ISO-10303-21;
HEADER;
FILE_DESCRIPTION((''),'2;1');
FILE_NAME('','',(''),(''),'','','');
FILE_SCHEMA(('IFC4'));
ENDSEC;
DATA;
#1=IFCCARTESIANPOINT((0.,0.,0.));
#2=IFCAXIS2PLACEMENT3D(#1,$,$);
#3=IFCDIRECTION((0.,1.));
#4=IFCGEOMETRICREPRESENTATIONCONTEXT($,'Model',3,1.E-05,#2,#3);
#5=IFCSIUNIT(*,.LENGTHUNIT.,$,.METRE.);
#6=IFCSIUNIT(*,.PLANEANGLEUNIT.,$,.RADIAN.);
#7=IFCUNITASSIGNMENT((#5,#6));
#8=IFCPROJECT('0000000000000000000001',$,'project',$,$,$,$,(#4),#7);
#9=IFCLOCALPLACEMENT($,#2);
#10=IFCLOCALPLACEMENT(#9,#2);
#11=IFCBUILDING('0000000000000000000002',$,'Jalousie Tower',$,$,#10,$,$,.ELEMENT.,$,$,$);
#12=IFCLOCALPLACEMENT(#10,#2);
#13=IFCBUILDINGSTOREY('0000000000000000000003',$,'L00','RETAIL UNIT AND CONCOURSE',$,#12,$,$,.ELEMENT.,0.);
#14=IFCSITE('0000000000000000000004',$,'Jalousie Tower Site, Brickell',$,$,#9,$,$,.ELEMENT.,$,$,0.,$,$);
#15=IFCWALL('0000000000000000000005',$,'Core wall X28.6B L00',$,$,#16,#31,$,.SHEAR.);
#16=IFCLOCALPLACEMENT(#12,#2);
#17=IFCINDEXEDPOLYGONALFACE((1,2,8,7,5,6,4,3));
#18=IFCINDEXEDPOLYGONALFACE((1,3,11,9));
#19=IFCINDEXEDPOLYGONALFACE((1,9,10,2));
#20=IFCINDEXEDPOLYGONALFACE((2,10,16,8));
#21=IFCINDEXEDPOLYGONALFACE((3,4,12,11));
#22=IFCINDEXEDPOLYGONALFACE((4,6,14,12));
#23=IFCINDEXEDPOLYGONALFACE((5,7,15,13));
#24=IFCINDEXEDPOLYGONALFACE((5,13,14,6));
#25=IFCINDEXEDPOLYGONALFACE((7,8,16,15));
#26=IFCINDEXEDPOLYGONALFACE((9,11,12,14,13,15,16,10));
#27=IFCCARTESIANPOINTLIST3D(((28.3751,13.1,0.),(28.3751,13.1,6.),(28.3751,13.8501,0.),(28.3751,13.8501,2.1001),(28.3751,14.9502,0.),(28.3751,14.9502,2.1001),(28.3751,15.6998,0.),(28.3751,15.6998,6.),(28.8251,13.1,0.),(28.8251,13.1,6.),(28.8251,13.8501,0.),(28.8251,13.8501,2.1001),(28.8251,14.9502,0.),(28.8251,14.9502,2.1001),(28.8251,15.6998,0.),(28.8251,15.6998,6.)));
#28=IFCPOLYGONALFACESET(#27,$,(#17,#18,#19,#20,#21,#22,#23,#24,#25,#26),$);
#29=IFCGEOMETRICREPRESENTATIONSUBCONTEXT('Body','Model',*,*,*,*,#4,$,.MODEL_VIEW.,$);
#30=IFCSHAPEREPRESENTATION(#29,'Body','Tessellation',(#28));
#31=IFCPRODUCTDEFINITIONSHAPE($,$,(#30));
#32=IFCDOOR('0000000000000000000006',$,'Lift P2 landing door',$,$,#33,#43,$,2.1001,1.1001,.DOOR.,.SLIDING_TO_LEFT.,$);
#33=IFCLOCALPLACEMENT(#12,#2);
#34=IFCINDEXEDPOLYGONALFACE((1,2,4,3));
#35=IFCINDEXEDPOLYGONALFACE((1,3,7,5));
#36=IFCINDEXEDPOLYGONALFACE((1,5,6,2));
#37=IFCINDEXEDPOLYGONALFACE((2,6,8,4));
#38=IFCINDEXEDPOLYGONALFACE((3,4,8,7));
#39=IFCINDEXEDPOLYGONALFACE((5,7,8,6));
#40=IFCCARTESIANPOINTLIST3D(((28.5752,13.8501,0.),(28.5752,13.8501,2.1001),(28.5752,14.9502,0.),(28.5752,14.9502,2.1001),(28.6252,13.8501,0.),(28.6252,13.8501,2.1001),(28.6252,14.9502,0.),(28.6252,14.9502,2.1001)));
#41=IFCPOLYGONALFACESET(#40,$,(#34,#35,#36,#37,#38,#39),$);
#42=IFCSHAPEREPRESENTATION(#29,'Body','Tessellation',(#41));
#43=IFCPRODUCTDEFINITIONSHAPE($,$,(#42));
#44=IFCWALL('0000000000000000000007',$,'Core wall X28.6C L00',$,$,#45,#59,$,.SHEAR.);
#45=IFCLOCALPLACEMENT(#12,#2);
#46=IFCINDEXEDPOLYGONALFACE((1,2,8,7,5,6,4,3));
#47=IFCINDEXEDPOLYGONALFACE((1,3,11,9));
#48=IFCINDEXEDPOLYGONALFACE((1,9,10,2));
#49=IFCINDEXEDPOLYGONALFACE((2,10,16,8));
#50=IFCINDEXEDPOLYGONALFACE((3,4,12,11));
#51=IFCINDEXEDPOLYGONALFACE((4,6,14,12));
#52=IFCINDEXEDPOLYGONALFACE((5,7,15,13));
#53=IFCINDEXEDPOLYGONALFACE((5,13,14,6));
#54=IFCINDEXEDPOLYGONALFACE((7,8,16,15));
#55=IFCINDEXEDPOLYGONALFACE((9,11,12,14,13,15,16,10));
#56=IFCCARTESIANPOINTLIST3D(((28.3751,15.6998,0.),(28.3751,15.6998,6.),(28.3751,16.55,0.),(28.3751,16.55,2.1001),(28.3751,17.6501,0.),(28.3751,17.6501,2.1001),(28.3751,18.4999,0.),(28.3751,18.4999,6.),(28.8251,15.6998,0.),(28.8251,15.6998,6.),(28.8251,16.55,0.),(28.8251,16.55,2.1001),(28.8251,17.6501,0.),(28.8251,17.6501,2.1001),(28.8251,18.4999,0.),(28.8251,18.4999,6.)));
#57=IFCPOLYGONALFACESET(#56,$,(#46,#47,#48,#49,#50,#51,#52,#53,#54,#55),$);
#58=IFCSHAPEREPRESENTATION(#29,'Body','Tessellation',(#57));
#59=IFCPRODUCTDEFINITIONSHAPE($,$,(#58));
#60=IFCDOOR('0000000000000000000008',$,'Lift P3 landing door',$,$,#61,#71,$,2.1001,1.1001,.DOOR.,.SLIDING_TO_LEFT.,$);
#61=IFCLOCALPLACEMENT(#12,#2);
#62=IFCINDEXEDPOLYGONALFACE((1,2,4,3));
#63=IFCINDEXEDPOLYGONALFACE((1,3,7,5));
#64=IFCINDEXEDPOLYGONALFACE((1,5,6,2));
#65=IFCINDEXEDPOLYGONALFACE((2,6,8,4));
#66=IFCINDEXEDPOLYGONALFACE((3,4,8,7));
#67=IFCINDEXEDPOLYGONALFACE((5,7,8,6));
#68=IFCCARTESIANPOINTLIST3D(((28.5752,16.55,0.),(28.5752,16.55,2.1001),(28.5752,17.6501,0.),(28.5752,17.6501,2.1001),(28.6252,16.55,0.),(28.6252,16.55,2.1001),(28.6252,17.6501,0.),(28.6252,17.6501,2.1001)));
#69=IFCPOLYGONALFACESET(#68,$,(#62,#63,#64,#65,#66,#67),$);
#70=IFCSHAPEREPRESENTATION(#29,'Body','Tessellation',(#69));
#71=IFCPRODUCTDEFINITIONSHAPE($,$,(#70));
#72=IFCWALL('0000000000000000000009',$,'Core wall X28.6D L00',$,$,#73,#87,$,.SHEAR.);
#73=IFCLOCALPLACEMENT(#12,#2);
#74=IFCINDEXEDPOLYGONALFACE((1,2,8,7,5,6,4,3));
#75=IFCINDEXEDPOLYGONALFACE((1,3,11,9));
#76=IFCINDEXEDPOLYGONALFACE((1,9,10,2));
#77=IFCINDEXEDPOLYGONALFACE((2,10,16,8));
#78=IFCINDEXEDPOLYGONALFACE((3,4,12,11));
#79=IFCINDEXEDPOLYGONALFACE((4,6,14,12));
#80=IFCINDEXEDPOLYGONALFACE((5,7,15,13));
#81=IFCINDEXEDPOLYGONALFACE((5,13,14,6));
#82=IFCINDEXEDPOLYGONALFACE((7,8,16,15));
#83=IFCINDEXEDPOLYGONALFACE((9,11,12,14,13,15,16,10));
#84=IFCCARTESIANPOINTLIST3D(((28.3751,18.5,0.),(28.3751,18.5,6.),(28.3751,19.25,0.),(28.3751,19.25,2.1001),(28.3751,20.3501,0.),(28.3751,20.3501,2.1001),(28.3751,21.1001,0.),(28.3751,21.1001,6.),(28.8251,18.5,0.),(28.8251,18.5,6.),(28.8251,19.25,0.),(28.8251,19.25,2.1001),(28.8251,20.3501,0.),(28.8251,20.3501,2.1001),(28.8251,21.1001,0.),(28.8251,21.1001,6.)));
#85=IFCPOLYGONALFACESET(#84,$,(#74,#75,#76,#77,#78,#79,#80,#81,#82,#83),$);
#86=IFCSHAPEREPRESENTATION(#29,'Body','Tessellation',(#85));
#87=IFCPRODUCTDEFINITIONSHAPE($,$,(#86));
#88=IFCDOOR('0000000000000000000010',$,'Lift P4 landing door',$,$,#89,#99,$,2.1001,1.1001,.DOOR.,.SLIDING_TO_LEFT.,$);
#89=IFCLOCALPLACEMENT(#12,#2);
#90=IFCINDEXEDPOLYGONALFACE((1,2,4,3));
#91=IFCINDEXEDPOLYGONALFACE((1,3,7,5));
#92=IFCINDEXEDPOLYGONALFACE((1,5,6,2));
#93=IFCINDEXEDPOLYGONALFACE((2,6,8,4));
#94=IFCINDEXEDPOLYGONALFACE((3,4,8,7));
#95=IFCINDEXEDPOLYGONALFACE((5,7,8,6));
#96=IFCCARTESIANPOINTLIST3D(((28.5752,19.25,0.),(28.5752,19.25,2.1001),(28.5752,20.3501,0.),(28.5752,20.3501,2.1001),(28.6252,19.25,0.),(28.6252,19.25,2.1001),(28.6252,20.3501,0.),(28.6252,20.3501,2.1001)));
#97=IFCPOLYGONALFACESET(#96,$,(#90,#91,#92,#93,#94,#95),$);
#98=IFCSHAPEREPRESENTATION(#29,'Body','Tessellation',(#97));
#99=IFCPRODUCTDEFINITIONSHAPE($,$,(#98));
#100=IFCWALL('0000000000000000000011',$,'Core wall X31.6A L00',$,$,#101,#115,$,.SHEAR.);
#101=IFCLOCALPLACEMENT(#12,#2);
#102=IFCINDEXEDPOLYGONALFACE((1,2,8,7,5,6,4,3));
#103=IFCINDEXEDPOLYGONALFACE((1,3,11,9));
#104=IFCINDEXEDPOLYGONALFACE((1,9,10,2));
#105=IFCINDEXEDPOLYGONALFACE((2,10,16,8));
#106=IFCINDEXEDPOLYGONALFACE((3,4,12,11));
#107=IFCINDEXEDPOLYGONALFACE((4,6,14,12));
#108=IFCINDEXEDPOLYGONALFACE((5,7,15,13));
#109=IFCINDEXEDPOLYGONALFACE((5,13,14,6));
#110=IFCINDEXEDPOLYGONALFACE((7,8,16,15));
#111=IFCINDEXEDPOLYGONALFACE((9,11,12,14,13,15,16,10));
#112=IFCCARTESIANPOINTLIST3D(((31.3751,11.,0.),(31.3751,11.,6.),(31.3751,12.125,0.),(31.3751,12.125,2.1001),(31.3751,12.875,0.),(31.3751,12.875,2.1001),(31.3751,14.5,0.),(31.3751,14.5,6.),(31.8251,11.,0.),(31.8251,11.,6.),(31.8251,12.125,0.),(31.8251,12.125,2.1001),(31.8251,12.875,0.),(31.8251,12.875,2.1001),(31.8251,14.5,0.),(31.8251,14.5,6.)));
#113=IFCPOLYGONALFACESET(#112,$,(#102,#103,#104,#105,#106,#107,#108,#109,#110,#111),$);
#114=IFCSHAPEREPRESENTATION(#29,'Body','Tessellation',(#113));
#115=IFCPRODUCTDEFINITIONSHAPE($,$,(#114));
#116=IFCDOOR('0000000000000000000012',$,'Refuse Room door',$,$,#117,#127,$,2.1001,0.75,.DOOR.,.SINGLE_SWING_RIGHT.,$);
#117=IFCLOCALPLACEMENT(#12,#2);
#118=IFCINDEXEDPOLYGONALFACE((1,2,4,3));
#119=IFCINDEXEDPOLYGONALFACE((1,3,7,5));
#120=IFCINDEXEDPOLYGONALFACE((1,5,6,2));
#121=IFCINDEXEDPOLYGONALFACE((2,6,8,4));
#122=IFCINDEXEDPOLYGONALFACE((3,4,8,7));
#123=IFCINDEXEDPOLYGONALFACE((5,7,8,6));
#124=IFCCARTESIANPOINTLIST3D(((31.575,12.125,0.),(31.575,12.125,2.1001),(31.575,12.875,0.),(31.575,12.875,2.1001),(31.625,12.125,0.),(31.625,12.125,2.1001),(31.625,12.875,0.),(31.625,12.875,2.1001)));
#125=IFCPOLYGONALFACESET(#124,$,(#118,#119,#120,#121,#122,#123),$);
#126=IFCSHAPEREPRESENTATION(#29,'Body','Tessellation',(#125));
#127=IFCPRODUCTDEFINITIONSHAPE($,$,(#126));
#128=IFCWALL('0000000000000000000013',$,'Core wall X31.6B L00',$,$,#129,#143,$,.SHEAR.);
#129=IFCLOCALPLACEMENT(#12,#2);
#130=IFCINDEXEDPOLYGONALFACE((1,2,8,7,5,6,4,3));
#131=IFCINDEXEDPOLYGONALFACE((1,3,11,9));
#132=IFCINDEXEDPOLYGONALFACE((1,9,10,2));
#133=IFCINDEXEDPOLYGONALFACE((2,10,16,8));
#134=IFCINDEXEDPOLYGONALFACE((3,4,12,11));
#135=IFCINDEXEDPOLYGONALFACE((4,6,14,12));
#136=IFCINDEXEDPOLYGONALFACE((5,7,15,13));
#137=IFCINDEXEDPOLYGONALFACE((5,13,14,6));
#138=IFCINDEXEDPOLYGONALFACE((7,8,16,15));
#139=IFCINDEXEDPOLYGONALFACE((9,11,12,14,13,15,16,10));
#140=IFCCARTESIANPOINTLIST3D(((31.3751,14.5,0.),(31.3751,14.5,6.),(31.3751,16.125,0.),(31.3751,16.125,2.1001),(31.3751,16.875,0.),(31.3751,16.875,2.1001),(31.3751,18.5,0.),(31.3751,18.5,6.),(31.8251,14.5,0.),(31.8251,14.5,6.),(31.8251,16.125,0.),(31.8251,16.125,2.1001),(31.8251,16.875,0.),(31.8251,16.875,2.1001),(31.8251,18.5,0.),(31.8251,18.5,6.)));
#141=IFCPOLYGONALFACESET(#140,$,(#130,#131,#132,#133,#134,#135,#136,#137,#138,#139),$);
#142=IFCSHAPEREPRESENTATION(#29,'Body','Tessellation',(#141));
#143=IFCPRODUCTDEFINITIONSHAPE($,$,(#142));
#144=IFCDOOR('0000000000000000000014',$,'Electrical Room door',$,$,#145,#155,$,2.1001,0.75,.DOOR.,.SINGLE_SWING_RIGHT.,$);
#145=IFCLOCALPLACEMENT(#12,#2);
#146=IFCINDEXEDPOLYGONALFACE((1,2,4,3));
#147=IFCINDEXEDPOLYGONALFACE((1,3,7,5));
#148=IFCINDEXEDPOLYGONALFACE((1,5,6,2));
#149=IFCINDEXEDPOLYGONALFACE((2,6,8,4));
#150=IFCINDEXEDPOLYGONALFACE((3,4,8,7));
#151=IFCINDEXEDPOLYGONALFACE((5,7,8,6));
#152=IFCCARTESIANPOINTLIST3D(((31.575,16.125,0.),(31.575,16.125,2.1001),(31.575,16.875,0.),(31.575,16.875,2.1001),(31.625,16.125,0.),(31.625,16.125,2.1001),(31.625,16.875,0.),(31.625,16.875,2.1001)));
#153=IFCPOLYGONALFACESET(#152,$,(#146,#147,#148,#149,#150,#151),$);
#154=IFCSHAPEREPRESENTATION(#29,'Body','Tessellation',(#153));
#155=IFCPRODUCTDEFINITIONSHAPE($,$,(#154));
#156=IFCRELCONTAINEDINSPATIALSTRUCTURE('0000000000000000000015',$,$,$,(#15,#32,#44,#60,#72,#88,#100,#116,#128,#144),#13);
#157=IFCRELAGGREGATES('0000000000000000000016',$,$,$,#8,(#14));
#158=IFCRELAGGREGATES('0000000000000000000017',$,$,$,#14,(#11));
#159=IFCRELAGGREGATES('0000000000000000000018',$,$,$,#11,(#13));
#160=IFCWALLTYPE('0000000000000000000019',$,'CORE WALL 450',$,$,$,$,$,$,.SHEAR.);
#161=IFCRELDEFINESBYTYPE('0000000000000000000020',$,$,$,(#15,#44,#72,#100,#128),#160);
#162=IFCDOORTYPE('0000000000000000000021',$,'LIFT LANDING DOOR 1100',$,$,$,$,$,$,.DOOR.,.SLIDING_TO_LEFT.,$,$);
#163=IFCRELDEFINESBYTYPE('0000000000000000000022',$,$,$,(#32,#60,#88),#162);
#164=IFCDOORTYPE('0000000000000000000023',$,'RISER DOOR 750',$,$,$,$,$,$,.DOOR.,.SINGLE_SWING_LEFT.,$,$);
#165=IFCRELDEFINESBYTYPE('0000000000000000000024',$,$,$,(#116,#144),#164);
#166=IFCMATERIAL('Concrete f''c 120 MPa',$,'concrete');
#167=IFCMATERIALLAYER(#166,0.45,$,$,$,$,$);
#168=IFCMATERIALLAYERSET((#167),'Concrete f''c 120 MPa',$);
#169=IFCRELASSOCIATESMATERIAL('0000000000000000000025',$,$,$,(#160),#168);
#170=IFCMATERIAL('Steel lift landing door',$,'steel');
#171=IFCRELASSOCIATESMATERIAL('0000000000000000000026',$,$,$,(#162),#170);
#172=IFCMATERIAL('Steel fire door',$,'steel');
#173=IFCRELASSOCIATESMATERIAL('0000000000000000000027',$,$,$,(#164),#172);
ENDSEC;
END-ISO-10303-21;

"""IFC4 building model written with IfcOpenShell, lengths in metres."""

from ifc_helpers import new_model, si_unit, direction, frame, frame_2d, origin, place, context, subcontext, project, spatial, rectangle, extrude, material, layer, layer_set, type_object, element, fill, save


model = new_model("IFC4")

# Units and contexts
model_context = context("Model", 3, precision=1e-05, world=origin(), true_north=direction((0.0, 1.0)))
body_context = subcontext(model_context, "Body", "Model", "MODEL_VIEW")
ifc_project = project(units=[si_unit("LENGTHUNIT", "METRE"), si_unit("PLANEANGLEUNIT", "RADIAN")], contexts=[model_context])

# Site, building, storey
site_placement = place(None, origin())
site = spatial("IfcSite", under=ifc_project, at=site_placement, Name="Jalousie Tower Site, Brickell", CompositionType="ELEMENT", RefElevation=0.0)
building_placement = place(site_placement, origin())
building = spatial("IfcBuilding", under=site, at=building_placement, Name="Jalousie Tower", CompositionType="ELEMENT")
storey_placement = place(building_placement, origin())
storey = spatial("IfcBuildingStorey", under=building, at=storey_placement, Name="L00", Description="RETAIL UNIT AND CONCOURSE", CompositionType="ELEMENT", Elevation=0.0)

# Walls, openings, doors
ifc_material_1 = material(Name="Concrete f'c 120 MPa", Category="concrete")
ifc_layer = layer(ifc_material_1, 0.45)
ifc_layer_set = layer_set([ifc_layer], Name="Concrete f'c 120 MPa")
wall_type = type_object("IfcWallType", Name="CORE WALL 450", PredefinedType="SHEAR", material=ifc_layer_set)
wall_1_placement = place(storey_placement, frame((28.6001, 13.1001, 0.0), z_axis=(0.0, 0.0, 1.0), x_axis=(0.0, 1.0, 0.0)))
wall_1 = element("IfcWall", 1, at=wall_1_placement, inside=storey, type_object=wall_type, Name="Core wall X28.6B L00", PredefinedType="SHEAR", context=body_context, shape_type="SweptSolid", body=[
    extrude(rectangle(XDim=2.5999, YDim=0.45, at=frame_2d((1.2998, 0.0))), origin(), (0.0, 0.0, 1.0), 6.0),
])
opening_1_placement = place(wall_1_placement, frame((0.75, 0.0, 0.0)))
opening_1 = element("IfcOpeningElement", 2, at=opening_1_placement, cuts=wall_1, PredefinedType="OPENING", context=body_context, shape_type="SweptSolid", body=[
    extrude(rectangle(XDim=1.1001, YDim=2.1001, at=frame_2d((0.55, 1.05))), frame((0.0, 0.2349, 0.0), z_axis=(0.0, -1.0, 0.0), x_axis=(1.0, 0.0, 0.0)), (0.0, 0.0, 1.0), 0.47),
])
ifc_material_2 = material(Name="Steel lift landing door", Category="steel")
door_type_1 = type_object("IfcDoorType", Name="LIFT LANDING DOOR 1100", OperationType="SLIDING_TO_LEFT", PredefinedType="DOOR", material=ifc_material_2)
door_1_placement = place(opening_1_placement, origin())
door_1 = element("IfcDoor", 3, at=door_1_placement, inside=storey, type_object=door_type_1, Name="Lift P2 landing door", OperationType="SLIDING_TO_LEFT", OverallHeight=2.1001, OverallWidth=1.1001, PredefinedType="DOOR", context=body_context, shape_type="SweptSolid", body=[
    extrude(rectangle(XDim=1.1001, YDim=2.1001, at=frame_2d((0.55, 1.05))), frame((0.0, 0.0249, 0.0), z_axis=(0.0, -1.0, 0.0), x_axis=(1.0, 0.0, 0.0)), (0.0, 0.0, 1.0), 0.05),
])
fill(opening_1, door_1)
wall_2_placement = place(storey_placement, frame((28.6001, 15.7, 0.0), z_axis=(0.0, 0.0, 1.0), x_axis=(0.0, 1.0, 0.0)))
wall_2 = element("IfcWall", 4, at=wall_2_placement, inside=storey, type_object=wall_type, Name="Core wall X28.6C L00", PredefinedType="SHEAR", context=body_context, shape_type="SweptSolid", body=[
    extrude(rectangle(XDim=2.8, YDim=0.45, at=frame_2d((1.3999, 0.0))), origin(), (0.0, 0.0, 1.0), 6.0),
])
opening_2_placement = place(wall_2_placement, frame((0.8501, 0.0, 0.0)))
opening_2 = element("IfcOpeningElement", 5, at=opening_2_placement, cuts=wall_2, PredefinedType="OPENING", context=body_context, shape_type="SweptSolid", body=[
    extrude(rectangle(XDim=1.1001, YDim=2.1001, at=frame_2d((0.55, 1.05))), frame((0.0, 0.2349, 0.0), z_axis=(0.0, -1.0, 0.0), x_axis=(1.0, 0.0, 0.0)), (0.0, 0.0, 1.0), 0.47),
])
door_2_placement = place(opening_2_placement, origin())
door_2 = element("IfcDoor", 6, at=door_2_placement, inside=storey, type_object=door_type_1, Name="Lift P3 landing door", OperationType="SLIDING_TO_LEFT", OverallHeight=2.1001, OverallWidth=1.1001, PredefinedType="DOOR", context=body_context, shape_type="SweptSolid", body=[
    extrude(rectangle(XDim=1.1001, YDim=2.1001, at=frame_2d((0.55, 1.05))), frame((0.0, 0.0249, 0.0), z_axis=(0.0, -1.0, 0.0), x_axis=(1.0, 0.0, 0.0)), (0.0, 0.0, 1.0), 0.05),
])
fill(opening_2, door_2)
wall_3_placement = place(storey_placement, frame((28.6001, 18.5, 0.0), z_axis=(0.0, 0.0, 1.0), x_axis=(0.0, 1.0, 0.0)))
wall_3 = element("IfcWall", 7, at=wall_3_placement, inside=storey, type_object=wall_type, Name="Core wall X28.6D L00", PredefinedType="SHEAR", context=body_context, shape_type="SweptSolid", body=[
    extrude(rectangle(XDim=2.6001, YDim=0.45, at=frame_2d((1.3, 0.0))), origin(), (0.0, 0.0, 1.0), 6.0),
])
opening_3_placement = place(wall_3_placement, frame((0.75, 0.0, 0.0)))
opening_3 = element("IfcOpeningElement", 8, at=opening_3_placement, cuts=wall_3, PredefinedType="OPENING", context=body_context, shape_type="SweptSolid", body=[
    extrude(rectangle(XDim=1.1001, YDim=2.1001, at=frame_2d((0.55, 1.05))), frame((0.0, 0.2349, 0.0), z_axis=(0.0, -1.0, 0.0), x_axis=(1.0, 0.0, 0.0)), (0.0, 0.0, 1.0), 0.47),
])
door_3_placement = place(opening_3_placement, origin())
door_3 = element("IfcDoor", 9, at=door_3_placement, inside=storey, type_object=door_type_1, Name="Lift P4 landing door", OperationType="SLIDING_TO_LEFT", OverallHeight=2.1001, OverallWidth=1.1001, PredefinedType="DOOR", context=body_context, shape_type="SweptSolid", body=[
    extrude(rectangle(XDim=1.1001, YDim=2.1001, at=frame_2d((0.55, 1.05))), frame((0.0, 0.0249, 0.0), z_axis=(0.0, -1.0, 0.0), x_axis=(1.0, 0.0, 0.0)), (0.0, 0.0, 1.0), 0.05),
])
fill(opening_3, door_3)
wall_4_placement = place(storey_placement, frame((31.6001, 11.0, 0.0), z_axis=(0.0, 0.0, 1.0), x_axis=(0.0, 1.0, 0.0)))
wall_4 = element("IfcWall", 10, at=wall_4_placement, inside=storey, type_object=wall_type, Name="Core wall X31.6A L00", PredefinedType="SHEAR", context=body_context, shape_type="SweptSolid", body=[
    extrude(rectangle(XDim=3.5, YDim=0.45, at=frame_2d((1.75, 0.0))), origin(), (0.0, 0.0, 1.0), 6.0),
])
opening_4_placement = place(wall_4_placement, frame((1.125, 0.0, 0.0)))
opening_4 = element("IfcOpeningElement", 11, at=opening_4_placement, cuts=wall_4, PredefinedType="OPENING", context=body_context, shape_type="SweptSolid", body=[
    extrude(rectangle(XDim=0.75, YDim=2.1001, at=frame_2d((0.375, 1.05))), frame((0.0, 0.2349, 0.0), z_axis=(0.0, -1.0, 0.0), x_axis=(1.0, 0.0, 0.0)), (0.0, 0.0, 1.0), 0.47),
])
ifc_material_3 = material(Name="Steel fire door", Category="steel")
door_type_2 = type_object("IfcDoorType", Name="RISER DOOR 750", OperationType="SINGLE_SWING_LEFT", PredefinedType="DOOR", material=ifc_material_3)
door_4_placement = place(opening_4_placement, frame((0.75, 0.0, 0.0), z_axis=(0.0, 0.0, 1.0), x_axis=(-1.0, 0.0, 0.0)))
door_4 = element("IfcDoor", 12, at=door_4_placement, inside=storey, type_object=door_type_2, Name="Refuse Room door", OperationType="SINGLE_SWING_RIGHT", OverallHeight=2.1001, OverallWidth=0.75, PredefinedType="DOOR", context=body_context, shape_type="SweptSolid", body=[
    extrude(rectangle(XDim=0.75, YDim=2.1001, at=frame_2d((0.375, 1.05))), frame((0.0, 0.0249, 0.0), z_axis=(0.0, -1.0, 0.0), x_axis=(1.0, 0.0, 0.0)), (0.0, 0.0, 1.0), 0.05),
])
fill(opening_4, door_4)
wall_5_placement = place(storey_placement, frame((31.6001, 14.5, 0.0), z_axis=(0.0, 0.0, 1.0), x_axis=(0.0, 1.0, 0.0)))
wall_5 = element("IfcWall", 13, at=wall_5_placement, inside=storey, type_object=wall_type, Name="Core wall X31.6B L00", PredefinedType="SHEAR", context=body_context, shape_type="SweptSolid", body=[
    extrude(rectangle(XDim=4.0, YDim=0.45, at=frame_2d((2.0, 0.0))), origin(), (0.0, 0.0, 1.0), 6.0),
])
opening_5_placement = place(wall_5_placement, frame((1.625, 0.0, 0.0)))
opening_5 = element("IfcOpeningElement", 14, at=opening_5_placement, cuts=wall_5, PredefinedType="OPENING", context=body_context, shape_type="SweptSolid", body=[
    extrude(rectangle(XDim=0.75, YDim=2.1001, at=frame_2d((0.375, 1.05))), frame((0.0, 0.2349, 0.0), z_axis=(0.0, -1.0, 0.0), x_axis=(1.0, 0.0, 0.0)), (0.0, 0.0, 1.0), 0.47),
])
door_5_placement = place(opening_5_placement, frame((0.75, 0.0, 0.0), z_axis=(0.0, 0.0, 1.0), x_axis=(-1.0, 0.0, 0.0)))
door_5 = element("IfcDoor", 15, at=door_5_placement, inside=storey, type_object=door_type_2, Name="Electrical Room door", OperationType="SINGLE_SWING_RIGHT", OverallHeight=2.1001, OverallWidth=0.75, PredefinedType="DOOR", context=body_context, shape_type="SweptSolid", body=[
    extrude(rectangle(XDim=0.75, YDim=2.1001, at=frame_2d((0.375, 1.05))), frame((0.0, 0.0249, 0.0), z_axis=(0.0, -1.0, 0.0), x_axis=(1.0, 0.0, 0.0)), (0.0, 0.0, 1.0), 0.05),
])
fill(opening_5, door_5)

save(model, "model.ifc")
